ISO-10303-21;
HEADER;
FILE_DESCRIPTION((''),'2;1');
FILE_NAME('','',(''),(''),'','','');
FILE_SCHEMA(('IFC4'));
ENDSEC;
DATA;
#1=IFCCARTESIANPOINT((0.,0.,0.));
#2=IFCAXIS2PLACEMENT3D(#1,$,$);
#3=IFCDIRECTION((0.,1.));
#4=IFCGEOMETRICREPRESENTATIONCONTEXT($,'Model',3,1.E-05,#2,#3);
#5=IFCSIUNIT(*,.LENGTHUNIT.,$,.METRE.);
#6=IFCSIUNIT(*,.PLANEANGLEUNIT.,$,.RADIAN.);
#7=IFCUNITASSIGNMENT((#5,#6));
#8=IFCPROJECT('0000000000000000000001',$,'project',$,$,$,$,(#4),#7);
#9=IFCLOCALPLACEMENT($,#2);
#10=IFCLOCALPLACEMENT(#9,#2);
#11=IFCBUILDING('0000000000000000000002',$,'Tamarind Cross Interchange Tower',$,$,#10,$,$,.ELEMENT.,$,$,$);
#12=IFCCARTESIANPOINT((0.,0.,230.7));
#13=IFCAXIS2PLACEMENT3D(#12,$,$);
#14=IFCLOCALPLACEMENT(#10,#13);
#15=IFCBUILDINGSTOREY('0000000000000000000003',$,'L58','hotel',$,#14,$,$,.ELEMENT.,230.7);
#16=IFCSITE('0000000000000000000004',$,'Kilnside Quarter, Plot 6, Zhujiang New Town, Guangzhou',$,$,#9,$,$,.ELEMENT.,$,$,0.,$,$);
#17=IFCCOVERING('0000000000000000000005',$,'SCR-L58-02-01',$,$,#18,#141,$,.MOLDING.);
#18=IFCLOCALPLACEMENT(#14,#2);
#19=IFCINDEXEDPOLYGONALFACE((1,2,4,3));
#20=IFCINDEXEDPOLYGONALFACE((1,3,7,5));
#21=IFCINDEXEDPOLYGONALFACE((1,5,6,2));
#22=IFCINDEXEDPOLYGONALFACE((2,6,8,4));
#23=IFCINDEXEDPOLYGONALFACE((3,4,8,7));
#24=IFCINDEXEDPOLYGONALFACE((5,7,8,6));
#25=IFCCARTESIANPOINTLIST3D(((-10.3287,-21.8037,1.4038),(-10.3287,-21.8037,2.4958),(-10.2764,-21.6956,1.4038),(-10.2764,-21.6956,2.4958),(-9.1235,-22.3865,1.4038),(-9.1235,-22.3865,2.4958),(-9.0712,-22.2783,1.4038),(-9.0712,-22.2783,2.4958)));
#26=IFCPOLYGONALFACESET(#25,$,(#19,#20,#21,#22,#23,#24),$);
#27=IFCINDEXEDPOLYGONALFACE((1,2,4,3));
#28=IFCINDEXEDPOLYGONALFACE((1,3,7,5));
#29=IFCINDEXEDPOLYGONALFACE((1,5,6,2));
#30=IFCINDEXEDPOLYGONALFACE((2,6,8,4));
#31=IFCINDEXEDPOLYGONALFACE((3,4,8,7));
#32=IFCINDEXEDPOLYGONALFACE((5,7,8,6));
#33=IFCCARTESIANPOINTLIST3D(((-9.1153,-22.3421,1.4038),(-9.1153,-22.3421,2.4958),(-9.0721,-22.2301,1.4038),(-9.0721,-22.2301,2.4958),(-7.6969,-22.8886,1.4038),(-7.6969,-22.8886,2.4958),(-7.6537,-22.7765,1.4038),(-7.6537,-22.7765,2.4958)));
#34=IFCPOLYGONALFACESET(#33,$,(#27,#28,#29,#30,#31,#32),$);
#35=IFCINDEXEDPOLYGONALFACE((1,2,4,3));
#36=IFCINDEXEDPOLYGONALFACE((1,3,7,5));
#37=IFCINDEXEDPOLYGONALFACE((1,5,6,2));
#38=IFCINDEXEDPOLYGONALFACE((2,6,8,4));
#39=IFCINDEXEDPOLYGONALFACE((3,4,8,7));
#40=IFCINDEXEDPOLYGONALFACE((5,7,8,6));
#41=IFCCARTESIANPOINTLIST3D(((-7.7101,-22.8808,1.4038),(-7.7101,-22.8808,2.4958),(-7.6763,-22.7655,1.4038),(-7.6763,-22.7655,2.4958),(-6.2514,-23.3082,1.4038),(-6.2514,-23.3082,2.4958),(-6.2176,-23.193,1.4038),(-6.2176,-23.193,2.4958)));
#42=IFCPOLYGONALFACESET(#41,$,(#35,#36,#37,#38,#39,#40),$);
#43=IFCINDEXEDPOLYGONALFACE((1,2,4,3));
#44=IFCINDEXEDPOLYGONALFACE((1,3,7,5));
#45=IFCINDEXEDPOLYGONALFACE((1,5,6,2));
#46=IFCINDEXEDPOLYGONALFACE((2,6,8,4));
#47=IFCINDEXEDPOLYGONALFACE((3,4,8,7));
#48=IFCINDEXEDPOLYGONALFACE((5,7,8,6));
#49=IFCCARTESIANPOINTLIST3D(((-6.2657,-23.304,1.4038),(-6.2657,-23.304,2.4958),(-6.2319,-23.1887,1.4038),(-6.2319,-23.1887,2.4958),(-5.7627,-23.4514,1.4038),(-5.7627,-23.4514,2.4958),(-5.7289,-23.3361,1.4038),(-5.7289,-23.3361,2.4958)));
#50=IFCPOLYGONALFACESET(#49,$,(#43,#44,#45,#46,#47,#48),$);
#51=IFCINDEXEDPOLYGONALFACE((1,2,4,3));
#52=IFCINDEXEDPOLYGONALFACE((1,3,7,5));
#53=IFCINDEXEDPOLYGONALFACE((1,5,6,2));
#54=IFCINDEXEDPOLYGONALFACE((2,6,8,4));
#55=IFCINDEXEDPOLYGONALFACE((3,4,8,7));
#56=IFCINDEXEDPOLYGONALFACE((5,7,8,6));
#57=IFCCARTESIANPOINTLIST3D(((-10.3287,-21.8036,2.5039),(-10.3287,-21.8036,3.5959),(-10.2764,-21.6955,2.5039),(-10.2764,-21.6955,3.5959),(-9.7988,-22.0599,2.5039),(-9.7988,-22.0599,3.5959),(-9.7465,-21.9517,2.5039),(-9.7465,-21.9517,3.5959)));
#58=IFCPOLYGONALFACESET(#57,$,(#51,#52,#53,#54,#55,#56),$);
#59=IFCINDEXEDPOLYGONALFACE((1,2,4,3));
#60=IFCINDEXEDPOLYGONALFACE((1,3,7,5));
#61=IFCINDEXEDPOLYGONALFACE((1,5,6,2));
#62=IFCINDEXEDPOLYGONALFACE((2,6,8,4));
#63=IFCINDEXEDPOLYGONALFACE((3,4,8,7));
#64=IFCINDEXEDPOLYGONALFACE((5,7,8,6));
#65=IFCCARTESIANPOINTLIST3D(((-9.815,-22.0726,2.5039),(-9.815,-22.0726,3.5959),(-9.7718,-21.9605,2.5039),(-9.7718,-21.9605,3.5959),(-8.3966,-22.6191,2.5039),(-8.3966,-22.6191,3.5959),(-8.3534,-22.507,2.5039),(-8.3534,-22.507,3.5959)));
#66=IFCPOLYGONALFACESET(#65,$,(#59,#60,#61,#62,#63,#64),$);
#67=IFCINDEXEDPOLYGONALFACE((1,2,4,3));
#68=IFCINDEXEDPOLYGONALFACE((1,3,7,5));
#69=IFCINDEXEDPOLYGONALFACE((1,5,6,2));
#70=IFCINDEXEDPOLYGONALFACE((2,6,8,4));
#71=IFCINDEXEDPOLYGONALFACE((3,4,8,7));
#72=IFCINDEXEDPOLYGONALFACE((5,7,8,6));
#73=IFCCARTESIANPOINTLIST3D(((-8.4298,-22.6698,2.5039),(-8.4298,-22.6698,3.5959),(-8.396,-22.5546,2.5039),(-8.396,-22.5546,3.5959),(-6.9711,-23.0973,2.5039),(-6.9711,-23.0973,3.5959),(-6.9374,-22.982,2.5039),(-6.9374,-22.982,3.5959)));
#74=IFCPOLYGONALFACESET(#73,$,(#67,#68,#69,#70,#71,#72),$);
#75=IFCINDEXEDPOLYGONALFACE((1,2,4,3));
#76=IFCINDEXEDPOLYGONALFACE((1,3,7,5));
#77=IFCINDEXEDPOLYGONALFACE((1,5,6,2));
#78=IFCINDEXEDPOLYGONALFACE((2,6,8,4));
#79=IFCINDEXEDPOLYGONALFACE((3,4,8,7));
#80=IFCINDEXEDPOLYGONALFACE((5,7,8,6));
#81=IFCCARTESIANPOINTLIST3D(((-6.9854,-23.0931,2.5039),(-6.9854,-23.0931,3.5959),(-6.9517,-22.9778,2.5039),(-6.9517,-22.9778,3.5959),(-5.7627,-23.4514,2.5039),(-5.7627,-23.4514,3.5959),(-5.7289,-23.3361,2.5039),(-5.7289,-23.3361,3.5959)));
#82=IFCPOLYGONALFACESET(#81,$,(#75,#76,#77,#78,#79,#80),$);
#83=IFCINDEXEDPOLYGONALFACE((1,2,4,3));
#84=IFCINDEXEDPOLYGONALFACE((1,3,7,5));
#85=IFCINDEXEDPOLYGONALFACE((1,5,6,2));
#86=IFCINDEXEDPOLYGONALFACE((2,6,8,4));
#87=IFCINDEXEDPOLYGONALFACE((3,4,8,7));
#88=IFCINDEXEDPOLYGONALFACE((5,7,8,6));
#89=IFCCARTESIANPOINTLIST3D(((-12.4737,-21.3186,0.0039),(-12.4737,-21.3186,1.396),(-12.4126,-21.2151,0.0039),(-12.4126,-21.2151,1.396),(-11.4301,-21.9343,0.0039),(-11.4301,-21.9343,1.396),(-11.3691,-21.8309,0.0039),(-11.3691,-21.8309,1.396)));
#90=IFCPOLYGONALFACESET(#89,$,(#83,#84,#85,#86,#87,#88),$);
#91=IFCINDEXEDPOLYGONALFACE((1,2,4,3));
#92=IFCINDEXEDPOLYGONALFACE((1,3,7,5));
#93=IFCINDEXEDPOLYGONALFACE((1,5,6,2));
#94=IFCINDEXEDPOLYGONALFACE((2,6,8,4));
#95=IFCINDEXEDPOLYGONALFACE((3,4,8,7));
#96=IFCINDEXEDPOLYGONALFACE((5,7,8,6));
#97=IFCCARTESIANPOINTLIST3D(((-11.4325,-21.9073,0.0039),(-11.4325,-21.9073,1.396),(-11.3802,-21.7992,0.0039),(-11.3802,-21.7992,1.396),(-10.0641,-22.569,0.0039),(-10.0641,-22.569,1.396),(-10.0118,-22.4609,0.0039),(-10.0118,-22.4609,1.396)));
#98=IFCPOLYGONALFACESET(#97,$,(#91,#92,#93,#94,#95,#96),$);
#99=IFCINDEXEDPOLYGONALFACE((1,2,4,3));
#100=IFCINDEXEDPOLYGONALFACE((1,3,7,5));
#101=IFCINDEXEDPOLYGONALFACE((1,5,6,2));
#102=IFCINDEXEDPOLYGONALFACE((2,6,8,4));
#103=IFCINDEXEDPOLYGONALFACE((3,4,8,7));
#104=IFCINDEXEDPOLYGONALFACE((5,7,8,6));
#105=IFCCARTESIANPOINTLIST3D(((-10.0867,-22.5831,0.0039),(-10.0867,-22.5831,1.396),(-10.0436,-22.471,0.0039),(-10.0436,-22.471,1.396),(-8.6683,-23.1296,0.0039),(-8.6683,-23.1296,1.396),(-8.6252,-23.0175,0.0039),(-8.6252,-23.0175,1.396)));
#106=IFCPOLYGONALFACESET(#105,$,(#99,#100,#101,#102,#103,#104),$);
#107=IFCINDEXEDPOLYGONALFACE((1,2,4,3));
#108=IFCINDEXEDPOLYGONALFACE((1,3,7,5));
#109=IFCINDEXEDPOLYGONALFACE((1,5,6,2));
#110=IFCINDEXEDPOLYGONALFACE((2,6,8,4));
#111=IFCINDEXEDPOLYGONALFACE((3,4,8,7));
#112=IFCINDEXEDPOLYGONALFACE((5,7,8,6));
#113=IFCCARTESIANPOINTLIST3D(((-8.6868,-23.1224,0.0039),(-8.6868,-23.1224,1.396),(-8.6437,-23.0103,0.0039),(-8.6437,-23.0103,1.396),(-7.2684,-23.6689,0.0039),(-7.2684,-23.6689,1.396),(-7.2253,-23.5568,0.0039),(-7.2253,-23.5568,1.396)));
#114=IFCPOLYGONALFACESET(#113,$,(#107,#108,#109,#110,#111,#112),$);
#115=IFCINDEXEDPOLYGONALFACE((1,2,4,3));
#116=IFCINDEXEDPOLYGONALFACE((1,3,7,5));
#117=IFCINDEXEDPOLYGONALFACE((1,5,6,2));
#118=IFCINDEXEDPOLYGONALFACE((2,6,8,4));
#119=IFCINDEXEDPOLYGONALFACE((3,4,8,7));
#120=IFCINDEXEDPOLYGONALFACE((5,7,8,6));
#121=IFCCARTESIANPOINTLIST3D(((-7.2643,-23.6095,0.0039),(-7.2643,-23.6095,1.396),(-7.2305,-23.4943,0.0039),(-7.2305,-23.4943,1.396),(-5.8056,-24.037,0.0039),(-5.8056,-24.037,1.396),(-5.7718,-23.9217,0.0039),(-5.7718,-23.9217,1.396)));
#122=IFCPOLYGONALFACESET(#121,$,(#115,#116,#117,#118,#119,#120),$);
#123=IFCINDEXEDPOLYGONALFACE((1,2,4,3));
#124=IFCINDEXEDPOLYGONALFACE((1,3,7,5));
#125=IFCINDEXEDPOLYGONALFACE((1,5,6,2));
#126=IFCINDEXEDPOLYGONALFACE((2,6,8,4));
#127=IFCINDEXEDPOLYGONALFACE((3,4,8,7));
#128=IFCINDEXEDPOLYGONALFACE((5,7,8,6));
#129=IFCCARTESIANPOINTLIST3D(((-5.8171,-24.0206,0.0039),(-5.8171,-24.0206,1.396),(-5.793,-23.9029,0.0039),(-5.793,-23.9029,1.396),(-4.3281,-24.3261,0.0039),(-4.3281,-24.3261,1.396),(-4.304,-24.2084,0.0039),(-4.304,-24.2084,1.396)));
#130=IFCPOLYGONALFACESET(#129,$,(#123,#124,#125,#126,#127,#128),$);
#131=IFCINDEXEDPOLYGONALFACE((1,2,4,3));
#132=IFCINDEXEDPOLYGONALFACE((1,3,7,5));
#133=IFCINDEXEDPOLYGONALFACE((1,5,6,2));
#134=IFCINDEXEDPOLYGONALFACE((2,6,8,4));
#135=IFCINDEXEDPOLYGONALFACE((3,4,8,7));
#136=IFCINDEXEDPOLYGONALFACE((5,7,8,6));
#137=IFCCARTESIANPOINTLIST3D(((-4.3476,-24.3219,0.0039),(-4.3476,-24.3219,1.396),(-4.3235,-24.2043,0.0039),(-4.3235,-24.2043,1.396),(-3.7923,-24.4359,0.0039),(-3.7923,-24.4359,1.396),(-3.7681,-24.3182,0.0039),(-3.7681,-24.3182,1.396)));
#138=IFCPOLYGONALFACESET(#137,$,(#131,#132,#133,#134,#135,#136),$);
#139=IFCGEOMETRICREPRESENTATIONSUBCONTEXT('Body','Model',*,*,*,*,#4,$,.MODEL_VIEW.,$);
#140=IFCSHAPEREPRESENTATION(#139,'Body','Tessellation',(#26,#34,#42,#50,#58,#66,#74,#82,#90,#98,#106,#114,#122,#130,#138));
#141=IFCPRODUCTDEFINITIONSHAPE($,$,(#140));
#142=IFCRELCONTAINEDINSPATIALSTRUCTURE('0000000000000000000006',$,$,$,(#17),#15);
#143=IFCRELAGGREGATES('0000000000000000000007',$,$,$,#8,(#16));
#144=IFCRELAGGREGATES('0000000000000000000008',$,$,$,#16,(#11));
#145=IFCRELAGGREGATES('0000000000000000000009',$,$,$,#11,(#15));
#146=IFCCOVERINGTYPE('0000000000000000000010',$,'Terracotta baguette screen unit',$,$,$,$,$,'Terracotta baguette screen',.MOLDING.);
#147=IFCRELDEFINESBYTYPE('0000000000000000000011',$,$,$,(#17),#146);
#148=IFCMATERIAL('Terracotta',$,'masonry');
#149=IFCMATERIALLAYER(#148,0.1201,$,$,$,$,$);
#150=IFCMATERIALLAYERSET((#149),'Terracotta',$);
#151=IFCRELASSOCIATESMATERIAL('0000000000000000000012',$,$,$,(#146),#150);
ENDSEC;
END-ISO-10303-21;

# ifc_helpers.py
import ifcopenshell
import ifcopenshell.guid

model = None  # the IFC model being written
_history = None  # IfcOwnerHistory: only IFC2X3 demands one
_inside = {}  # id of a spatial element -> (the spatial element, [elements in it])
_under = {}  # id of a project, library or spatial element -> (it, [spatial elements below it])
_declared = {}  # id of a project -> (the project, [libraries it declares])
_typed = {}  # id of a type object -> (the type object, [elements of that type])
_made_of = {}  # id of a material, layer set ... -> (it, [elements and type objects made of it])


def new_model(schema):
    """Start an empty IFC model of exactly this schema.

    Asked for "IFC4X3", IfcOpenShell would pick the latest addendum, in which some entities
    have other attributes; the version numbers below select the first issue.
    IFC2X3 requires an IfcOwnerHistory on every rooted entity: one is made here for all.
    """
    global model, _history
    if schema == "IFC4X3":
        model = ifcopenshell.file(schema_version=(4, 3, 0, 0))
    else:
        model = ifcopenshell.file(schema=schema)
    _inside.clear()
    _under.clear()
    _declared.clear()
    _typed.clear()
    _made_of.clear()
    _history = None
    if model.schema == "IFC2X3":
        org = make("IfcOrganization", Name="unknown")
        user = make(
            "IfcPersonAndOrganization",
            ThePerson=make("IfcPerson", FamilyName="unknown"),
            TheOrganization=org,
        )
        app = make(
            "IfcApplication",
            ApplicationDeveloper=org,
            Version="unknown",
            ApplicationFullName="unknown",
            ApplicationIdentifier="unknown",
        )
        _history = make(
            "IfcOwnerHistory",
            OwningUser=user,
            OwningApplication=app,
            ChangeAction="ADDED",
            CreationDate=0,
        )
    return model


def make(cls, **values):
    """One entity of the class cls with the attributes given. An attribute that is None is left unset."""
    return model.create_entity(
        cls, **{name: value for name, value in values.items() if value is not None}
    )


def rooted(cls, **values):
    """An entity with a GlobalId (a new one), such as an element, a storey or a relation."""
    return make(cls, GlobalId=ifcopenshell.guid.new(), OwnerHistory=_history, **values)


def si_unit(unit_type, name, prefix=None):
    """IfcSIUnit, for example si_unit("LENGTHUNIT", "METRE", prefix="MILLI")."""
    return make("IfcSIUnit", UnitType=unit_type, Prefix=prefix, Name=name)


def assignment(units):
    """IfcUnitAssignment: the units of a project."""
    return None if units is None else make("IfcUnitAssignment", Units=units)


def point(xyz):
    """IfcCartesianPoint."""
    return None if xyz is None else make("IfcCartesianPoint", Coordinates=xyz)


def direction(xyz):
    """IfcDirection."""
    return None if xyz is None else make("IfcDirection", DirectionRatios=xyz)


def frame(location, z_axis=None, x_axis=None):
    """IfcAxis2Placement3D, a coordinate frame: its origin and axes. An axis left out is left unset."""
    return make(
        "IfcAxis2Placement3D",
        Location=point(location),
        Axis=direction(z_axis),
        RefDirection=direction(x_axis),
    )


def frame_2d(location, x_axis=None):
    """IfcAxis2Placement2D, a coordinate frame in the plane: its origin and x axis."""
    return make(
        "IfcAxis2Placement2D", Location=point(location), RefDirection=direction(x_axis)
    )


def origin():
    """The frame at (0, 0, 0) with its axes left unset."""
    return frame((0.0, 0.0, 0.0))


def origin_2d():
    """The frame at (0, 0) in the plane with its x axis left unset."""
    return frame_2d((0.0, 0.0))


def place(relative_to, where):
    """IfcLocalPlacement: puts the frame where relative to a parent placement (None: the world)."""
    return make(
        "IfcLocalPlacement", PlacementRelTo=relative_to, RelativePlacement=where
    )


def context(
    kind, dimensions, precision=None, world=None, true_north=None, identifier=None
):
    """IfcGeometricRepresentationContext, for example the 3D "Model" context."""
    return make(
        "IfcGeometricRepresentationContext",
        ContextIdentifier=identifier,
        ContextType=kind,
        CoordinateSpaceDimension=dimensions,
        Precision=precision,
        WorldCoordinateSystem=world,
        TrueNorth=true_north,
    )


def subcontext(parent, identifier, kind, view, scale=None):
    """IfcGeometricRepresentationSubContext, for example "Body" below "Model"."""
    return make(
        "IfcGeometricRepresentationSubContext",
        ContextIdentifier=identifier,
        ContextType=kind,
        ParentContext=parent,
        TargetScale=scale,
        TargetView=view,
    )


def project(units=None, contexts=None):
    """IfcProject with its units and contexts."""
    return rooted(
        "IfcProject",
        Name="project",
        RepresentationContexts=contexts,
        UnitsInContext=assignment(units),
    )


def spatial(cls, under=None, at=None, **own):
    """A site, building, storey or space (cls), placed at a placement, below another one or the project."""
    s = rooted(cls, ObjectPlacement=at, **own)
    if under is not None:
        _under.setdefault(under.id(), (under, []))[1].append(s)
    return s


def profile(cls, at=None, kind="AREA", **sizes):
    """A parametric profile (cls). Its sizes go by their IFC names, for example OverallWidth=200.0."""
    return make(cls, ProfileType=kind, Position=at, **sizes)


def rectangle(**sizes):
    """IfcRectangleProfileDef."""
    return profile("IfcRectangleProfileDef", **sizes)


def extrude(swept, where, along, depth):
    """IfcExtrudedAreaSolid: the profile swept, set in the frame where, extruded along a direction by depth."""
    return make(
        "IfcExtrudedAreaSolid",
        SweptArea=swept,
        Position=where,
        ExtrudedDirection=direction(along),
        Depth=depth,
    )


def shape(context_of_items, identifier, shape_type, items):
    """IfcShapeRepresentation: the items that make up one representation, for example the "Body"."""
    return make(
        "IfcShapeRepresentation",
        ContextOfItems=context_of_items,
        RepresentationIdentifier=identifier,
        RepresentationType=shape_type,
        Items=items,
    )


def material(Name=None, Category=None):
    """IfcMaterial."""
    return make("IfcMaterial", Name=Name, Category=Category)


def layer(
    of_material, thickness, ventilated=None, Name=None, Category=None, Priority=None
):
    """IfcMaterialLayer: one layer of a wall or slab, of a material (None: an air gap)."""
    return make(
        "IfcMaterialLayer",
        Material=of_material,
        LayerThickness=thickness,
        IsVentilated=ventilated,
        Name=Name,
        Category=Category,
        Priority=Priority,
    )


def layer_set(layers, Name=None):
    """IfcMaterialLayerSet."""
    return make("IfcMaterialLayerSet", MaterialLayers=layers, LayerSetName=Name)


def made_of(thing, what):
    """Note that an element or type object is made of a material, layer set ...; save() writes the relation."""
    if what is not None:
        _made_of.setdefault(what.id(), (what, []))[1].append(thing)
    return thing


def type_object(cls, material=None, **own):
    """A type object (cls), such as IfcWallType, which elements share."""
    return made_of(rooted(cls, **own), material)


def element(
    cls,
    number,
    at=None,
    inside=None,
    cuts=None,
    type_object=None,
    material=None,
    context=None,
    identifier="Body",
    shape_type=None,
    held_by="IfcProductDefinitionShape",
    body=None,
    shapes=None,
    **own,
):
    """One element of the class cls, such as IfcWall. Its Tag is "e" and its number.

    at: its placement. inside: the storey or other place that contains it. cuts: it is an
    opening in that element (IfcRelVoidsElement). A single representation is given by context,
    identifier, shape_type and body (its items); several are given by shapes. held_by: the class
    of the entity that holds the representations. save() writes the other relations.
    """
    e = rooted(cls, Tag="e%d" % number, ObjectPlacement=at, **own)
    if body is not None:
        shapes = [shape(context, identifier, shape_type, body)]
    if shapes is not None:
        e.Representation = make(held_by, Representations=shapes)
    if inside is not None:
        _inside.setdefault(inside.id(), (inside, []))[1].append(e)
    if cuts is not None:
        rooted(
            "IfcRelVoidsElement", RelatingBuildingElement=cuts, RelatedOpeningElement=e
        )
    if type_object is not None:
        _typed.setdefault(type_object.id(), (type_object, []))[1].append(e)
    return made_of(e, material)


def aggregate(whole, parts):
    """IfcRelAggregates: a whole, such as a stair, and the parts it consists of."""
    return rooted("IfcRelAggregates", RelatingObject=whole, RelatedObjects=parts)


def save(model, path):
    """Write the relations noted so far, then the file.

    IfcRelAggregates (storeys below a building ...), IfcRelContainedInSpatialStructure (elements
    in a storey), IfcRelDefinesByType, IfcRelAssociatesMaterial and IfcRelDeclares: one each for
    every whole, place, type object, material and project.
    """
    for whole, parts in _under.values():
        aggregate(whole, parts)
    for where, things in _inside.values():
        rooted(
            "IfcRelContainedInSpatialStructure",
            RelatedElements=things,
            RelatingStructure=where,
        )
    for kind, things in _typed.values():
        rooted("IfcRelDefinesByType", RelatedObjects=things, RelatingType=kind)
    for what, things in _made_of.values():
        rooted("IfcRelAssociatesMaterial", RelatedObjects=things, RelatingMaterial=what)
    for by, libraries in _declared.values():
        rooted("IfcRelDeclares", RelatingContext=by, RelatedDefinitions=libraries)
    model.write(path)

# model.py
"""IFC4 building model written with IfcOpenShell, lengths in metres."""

from ifc_helpers import new_model, si_unit, direction, frame, origin, origin_2d, place, context, subcontext, project, spatial, rectangle, extrude, material, layer, layer_set, type_object, element, save


model = new_model("IFC4")

# Units and contexts
model_context = context("Model", 3, precision=1e-05, world=origin(), true_north=direction((0.0, 1.0)))
body_context = subcontext(model_context, "Body", "Model", "MODEL_VIEW")
ifc_project = project(units=[si_unit("LENGTHUNIT", "METRE"), si_unit("PLANEANGLEUNIT", "RADIAN")], contexts=[model_context])

# Site, building, storey
site_placement = place(None, origin())
site = spatial("IfcSite", under=ifc_project, at=site_placement, Name="Kilnside Quarter, Plot 6, Zhujiang New Town, Guangzhou", CompositionType="ELEMENT", RefElevation=0.0)
building_placement = place(site_placement, origin())
building = spatial("IfcBuilding", under=site, at=building_placement, Name="Tamarind Cross Interchange Tower", CompositionType="ELEMENT")
storey_placement = place(building_placement, frame((0.0, 0.0, 230.7)))
storey = spatial("IfcBuildingStorey", under=building, at=storey_placement, Name="L58", Description="hotel", CompositionType="ELEMENT", Elevation=230.7)

# Covering
ifc_material_1 = material(Name="Terracotta", Category="masonry")
ifc_layer_1 = layer(ifc_material_1, 0.1201)
ifc_layer_set_1 = layer_set([ifc_layer_1], Name="Terracotta")
covering_type = type_object("IfcCoveringType", Name="Terracotta baguette screen unit", ElementType="Terracotta baguette screen", PredefinedType="MOLDING", material=ifc_layer_set_1)
covering_1_placement = place(storey_placement, origin())
element("IfcCovering", 1, at=covering_1_placement, inside=storey, type_object=covering_type, Name="SCR-L58-02-01", PredefinedType="MOLDING", context=body_context, shape_type="SweptSolid", body=[
    extrude(rectangle(XDim=1.3386, YDim=0.1201, at=origin_2d()), frame((-9.7, -22.041, 1.4038), z_axis=(0.0, 0.0, 1.0), x_axis=(0.900273, -0.435326, 0.0)), (0.0, 0.0, 1.0), 1.092),
    extrude(rectangle(XDim=1.52, YDim=0.1201, at=origin_2d()), frame((-8.3845, -22.5593, 1.4038), z_axis=(0.0, 0.0, 1.0), x_axis=(0.933147, -0.359495, 0.0)), (0.0, 0.0, 1.0), 1.092),
    extrude(rectangle(XDim=1.52, YDim=0.1201, at=origin_2d()), frame((-6.9639, -23.0369, 1.4038), z_axis=(0.0, 0.0, 1.0), x_axis=(0.959647, -0.281209, 0.0)), (0.0, 0.0, 1.0), 1.092),
    extrude(rectangle(XDim=0.5242, YDim=0.1201, at=origin_2d()), frame((-5.9973, -23.3201, 1.4038), z_axis=(0.0, 0.0, 1.0), x_axis=(0.959647, -0.281209, 0.0)), (0.0, 0.0, 1.0), 1.092),
    extrude(rectangle(XDim=0.5886, YDim=0.1201, at=origin_2d()), frame((-10.0376, -21.8777, 2.5039), z_axis=(0.0, 0.0, 1.0), x_axis=(0.900273, -0.435326, 0.0)), (0.0, 0.0, 1.0), 1.092),
    extrude(rectangle(XDim=1.52, YDim=0.1201, at=origin_2d()), frame((-9.0842, -22.2898, 2.5039), z_axis=(0.0, 0.0, 1.0), x_axis=(0.933147, -0.359495, 0.0)), (0.0, 0.0, 1.0), 1.092),
    extrude(rectangle(XDim=1.52, YDim=0.1201, at=origin_2d()), frame((-7.6836, -22.8259, 2.5039), z_axis=(0.0, 0.0, 1.0), x_axis=(0.959647, -0.281209, 0.0)), (0.0, 0.0, 1.0), 1.092),
    extrude(rectangle(XDim=1.2742, YDim=0.1201, at=origin_2d()), frame((-6.3572, -23.2146, 2.5039), z_axis=(0.0, 0.0, 1.0), x_axis=(0.959647, -0.281209, 0.0)), (0.0, 0.0, 1.0), 1.092),
    extrude(rectangle(XDim=1.2117, YDim=0.1201, at=origin_2d()), frame((-11.9214, -21.5747, 0.0039), z_axis=(0.0, 0.0, 1.0), x_axis=(0.861249, -0.508183, 0.0)), (0.0, 0.0, 1.0), 1.3921),
    extrude(rectangle(XDim=1.52, YDim=0.1201, at=origin_2d()), frame((-10.7222, -22.1841, 0.0039), z_axis=(0.0, 0.0, 1.0), x_axis=(0.900273, -0.435326, 0.0)), (0.0, 0.0, 1.0), 1.3921),
    extrude(rectangle(XDim=1.52, YDim=0.1201, at=origin_2d()), frame((-9.356, -22.8003, 0.0039), z_axis=(0.0, 0.0, 1.0), x_axis=(0.933147, -0.359495, 0.0)), (0.0, 0.0, 1.0), 1.3921),
    extrude(rectangle(XDim=1.52, YDim=0.1201, at=origin_2d()), frame((-7.9561, -23.3396, 0.0039), z_axis=(0.0, 0.0, 1.0), x_axis=(0.933147, -0.359495, 0.0)), (0.0, 0.0, 1.0), 1.3921),
    extrude(rectangle(XDim=1.52, YDim=0.1201, at=origin_2d()), frame((-6.5181, -23.7656, 0.0039), z_axis=(0.0, 0.0, 1.0), x_axis=(0.959647, -0.281209, 0.0)), (0.0, 0.0, 1.0), 1.3921),
    extrude(rectangle(XDim=1.52, YDim=0.1201, at=origin_2d()), frame((-5.0605, -24.1145, 0.0039), z_axis=(0.0, 0.0, 1.0), x_axis=(0.979591, -0.201001, 0.0)), (0.0, 0.0, 1.0), 1.3921),
    extrude(rectangle(XDim=0.5669, YDim=0.1201, at=origin_2d()), frame((-4.0579, -24.3201, 0.0039), z_axis=(0.0, 0.0, 1.0), x_axis=(0.979591, -0.201001, 0.0)), (0.0, 0.0, 1.0), 1.3921),
])

save(model, "model.ifc")
